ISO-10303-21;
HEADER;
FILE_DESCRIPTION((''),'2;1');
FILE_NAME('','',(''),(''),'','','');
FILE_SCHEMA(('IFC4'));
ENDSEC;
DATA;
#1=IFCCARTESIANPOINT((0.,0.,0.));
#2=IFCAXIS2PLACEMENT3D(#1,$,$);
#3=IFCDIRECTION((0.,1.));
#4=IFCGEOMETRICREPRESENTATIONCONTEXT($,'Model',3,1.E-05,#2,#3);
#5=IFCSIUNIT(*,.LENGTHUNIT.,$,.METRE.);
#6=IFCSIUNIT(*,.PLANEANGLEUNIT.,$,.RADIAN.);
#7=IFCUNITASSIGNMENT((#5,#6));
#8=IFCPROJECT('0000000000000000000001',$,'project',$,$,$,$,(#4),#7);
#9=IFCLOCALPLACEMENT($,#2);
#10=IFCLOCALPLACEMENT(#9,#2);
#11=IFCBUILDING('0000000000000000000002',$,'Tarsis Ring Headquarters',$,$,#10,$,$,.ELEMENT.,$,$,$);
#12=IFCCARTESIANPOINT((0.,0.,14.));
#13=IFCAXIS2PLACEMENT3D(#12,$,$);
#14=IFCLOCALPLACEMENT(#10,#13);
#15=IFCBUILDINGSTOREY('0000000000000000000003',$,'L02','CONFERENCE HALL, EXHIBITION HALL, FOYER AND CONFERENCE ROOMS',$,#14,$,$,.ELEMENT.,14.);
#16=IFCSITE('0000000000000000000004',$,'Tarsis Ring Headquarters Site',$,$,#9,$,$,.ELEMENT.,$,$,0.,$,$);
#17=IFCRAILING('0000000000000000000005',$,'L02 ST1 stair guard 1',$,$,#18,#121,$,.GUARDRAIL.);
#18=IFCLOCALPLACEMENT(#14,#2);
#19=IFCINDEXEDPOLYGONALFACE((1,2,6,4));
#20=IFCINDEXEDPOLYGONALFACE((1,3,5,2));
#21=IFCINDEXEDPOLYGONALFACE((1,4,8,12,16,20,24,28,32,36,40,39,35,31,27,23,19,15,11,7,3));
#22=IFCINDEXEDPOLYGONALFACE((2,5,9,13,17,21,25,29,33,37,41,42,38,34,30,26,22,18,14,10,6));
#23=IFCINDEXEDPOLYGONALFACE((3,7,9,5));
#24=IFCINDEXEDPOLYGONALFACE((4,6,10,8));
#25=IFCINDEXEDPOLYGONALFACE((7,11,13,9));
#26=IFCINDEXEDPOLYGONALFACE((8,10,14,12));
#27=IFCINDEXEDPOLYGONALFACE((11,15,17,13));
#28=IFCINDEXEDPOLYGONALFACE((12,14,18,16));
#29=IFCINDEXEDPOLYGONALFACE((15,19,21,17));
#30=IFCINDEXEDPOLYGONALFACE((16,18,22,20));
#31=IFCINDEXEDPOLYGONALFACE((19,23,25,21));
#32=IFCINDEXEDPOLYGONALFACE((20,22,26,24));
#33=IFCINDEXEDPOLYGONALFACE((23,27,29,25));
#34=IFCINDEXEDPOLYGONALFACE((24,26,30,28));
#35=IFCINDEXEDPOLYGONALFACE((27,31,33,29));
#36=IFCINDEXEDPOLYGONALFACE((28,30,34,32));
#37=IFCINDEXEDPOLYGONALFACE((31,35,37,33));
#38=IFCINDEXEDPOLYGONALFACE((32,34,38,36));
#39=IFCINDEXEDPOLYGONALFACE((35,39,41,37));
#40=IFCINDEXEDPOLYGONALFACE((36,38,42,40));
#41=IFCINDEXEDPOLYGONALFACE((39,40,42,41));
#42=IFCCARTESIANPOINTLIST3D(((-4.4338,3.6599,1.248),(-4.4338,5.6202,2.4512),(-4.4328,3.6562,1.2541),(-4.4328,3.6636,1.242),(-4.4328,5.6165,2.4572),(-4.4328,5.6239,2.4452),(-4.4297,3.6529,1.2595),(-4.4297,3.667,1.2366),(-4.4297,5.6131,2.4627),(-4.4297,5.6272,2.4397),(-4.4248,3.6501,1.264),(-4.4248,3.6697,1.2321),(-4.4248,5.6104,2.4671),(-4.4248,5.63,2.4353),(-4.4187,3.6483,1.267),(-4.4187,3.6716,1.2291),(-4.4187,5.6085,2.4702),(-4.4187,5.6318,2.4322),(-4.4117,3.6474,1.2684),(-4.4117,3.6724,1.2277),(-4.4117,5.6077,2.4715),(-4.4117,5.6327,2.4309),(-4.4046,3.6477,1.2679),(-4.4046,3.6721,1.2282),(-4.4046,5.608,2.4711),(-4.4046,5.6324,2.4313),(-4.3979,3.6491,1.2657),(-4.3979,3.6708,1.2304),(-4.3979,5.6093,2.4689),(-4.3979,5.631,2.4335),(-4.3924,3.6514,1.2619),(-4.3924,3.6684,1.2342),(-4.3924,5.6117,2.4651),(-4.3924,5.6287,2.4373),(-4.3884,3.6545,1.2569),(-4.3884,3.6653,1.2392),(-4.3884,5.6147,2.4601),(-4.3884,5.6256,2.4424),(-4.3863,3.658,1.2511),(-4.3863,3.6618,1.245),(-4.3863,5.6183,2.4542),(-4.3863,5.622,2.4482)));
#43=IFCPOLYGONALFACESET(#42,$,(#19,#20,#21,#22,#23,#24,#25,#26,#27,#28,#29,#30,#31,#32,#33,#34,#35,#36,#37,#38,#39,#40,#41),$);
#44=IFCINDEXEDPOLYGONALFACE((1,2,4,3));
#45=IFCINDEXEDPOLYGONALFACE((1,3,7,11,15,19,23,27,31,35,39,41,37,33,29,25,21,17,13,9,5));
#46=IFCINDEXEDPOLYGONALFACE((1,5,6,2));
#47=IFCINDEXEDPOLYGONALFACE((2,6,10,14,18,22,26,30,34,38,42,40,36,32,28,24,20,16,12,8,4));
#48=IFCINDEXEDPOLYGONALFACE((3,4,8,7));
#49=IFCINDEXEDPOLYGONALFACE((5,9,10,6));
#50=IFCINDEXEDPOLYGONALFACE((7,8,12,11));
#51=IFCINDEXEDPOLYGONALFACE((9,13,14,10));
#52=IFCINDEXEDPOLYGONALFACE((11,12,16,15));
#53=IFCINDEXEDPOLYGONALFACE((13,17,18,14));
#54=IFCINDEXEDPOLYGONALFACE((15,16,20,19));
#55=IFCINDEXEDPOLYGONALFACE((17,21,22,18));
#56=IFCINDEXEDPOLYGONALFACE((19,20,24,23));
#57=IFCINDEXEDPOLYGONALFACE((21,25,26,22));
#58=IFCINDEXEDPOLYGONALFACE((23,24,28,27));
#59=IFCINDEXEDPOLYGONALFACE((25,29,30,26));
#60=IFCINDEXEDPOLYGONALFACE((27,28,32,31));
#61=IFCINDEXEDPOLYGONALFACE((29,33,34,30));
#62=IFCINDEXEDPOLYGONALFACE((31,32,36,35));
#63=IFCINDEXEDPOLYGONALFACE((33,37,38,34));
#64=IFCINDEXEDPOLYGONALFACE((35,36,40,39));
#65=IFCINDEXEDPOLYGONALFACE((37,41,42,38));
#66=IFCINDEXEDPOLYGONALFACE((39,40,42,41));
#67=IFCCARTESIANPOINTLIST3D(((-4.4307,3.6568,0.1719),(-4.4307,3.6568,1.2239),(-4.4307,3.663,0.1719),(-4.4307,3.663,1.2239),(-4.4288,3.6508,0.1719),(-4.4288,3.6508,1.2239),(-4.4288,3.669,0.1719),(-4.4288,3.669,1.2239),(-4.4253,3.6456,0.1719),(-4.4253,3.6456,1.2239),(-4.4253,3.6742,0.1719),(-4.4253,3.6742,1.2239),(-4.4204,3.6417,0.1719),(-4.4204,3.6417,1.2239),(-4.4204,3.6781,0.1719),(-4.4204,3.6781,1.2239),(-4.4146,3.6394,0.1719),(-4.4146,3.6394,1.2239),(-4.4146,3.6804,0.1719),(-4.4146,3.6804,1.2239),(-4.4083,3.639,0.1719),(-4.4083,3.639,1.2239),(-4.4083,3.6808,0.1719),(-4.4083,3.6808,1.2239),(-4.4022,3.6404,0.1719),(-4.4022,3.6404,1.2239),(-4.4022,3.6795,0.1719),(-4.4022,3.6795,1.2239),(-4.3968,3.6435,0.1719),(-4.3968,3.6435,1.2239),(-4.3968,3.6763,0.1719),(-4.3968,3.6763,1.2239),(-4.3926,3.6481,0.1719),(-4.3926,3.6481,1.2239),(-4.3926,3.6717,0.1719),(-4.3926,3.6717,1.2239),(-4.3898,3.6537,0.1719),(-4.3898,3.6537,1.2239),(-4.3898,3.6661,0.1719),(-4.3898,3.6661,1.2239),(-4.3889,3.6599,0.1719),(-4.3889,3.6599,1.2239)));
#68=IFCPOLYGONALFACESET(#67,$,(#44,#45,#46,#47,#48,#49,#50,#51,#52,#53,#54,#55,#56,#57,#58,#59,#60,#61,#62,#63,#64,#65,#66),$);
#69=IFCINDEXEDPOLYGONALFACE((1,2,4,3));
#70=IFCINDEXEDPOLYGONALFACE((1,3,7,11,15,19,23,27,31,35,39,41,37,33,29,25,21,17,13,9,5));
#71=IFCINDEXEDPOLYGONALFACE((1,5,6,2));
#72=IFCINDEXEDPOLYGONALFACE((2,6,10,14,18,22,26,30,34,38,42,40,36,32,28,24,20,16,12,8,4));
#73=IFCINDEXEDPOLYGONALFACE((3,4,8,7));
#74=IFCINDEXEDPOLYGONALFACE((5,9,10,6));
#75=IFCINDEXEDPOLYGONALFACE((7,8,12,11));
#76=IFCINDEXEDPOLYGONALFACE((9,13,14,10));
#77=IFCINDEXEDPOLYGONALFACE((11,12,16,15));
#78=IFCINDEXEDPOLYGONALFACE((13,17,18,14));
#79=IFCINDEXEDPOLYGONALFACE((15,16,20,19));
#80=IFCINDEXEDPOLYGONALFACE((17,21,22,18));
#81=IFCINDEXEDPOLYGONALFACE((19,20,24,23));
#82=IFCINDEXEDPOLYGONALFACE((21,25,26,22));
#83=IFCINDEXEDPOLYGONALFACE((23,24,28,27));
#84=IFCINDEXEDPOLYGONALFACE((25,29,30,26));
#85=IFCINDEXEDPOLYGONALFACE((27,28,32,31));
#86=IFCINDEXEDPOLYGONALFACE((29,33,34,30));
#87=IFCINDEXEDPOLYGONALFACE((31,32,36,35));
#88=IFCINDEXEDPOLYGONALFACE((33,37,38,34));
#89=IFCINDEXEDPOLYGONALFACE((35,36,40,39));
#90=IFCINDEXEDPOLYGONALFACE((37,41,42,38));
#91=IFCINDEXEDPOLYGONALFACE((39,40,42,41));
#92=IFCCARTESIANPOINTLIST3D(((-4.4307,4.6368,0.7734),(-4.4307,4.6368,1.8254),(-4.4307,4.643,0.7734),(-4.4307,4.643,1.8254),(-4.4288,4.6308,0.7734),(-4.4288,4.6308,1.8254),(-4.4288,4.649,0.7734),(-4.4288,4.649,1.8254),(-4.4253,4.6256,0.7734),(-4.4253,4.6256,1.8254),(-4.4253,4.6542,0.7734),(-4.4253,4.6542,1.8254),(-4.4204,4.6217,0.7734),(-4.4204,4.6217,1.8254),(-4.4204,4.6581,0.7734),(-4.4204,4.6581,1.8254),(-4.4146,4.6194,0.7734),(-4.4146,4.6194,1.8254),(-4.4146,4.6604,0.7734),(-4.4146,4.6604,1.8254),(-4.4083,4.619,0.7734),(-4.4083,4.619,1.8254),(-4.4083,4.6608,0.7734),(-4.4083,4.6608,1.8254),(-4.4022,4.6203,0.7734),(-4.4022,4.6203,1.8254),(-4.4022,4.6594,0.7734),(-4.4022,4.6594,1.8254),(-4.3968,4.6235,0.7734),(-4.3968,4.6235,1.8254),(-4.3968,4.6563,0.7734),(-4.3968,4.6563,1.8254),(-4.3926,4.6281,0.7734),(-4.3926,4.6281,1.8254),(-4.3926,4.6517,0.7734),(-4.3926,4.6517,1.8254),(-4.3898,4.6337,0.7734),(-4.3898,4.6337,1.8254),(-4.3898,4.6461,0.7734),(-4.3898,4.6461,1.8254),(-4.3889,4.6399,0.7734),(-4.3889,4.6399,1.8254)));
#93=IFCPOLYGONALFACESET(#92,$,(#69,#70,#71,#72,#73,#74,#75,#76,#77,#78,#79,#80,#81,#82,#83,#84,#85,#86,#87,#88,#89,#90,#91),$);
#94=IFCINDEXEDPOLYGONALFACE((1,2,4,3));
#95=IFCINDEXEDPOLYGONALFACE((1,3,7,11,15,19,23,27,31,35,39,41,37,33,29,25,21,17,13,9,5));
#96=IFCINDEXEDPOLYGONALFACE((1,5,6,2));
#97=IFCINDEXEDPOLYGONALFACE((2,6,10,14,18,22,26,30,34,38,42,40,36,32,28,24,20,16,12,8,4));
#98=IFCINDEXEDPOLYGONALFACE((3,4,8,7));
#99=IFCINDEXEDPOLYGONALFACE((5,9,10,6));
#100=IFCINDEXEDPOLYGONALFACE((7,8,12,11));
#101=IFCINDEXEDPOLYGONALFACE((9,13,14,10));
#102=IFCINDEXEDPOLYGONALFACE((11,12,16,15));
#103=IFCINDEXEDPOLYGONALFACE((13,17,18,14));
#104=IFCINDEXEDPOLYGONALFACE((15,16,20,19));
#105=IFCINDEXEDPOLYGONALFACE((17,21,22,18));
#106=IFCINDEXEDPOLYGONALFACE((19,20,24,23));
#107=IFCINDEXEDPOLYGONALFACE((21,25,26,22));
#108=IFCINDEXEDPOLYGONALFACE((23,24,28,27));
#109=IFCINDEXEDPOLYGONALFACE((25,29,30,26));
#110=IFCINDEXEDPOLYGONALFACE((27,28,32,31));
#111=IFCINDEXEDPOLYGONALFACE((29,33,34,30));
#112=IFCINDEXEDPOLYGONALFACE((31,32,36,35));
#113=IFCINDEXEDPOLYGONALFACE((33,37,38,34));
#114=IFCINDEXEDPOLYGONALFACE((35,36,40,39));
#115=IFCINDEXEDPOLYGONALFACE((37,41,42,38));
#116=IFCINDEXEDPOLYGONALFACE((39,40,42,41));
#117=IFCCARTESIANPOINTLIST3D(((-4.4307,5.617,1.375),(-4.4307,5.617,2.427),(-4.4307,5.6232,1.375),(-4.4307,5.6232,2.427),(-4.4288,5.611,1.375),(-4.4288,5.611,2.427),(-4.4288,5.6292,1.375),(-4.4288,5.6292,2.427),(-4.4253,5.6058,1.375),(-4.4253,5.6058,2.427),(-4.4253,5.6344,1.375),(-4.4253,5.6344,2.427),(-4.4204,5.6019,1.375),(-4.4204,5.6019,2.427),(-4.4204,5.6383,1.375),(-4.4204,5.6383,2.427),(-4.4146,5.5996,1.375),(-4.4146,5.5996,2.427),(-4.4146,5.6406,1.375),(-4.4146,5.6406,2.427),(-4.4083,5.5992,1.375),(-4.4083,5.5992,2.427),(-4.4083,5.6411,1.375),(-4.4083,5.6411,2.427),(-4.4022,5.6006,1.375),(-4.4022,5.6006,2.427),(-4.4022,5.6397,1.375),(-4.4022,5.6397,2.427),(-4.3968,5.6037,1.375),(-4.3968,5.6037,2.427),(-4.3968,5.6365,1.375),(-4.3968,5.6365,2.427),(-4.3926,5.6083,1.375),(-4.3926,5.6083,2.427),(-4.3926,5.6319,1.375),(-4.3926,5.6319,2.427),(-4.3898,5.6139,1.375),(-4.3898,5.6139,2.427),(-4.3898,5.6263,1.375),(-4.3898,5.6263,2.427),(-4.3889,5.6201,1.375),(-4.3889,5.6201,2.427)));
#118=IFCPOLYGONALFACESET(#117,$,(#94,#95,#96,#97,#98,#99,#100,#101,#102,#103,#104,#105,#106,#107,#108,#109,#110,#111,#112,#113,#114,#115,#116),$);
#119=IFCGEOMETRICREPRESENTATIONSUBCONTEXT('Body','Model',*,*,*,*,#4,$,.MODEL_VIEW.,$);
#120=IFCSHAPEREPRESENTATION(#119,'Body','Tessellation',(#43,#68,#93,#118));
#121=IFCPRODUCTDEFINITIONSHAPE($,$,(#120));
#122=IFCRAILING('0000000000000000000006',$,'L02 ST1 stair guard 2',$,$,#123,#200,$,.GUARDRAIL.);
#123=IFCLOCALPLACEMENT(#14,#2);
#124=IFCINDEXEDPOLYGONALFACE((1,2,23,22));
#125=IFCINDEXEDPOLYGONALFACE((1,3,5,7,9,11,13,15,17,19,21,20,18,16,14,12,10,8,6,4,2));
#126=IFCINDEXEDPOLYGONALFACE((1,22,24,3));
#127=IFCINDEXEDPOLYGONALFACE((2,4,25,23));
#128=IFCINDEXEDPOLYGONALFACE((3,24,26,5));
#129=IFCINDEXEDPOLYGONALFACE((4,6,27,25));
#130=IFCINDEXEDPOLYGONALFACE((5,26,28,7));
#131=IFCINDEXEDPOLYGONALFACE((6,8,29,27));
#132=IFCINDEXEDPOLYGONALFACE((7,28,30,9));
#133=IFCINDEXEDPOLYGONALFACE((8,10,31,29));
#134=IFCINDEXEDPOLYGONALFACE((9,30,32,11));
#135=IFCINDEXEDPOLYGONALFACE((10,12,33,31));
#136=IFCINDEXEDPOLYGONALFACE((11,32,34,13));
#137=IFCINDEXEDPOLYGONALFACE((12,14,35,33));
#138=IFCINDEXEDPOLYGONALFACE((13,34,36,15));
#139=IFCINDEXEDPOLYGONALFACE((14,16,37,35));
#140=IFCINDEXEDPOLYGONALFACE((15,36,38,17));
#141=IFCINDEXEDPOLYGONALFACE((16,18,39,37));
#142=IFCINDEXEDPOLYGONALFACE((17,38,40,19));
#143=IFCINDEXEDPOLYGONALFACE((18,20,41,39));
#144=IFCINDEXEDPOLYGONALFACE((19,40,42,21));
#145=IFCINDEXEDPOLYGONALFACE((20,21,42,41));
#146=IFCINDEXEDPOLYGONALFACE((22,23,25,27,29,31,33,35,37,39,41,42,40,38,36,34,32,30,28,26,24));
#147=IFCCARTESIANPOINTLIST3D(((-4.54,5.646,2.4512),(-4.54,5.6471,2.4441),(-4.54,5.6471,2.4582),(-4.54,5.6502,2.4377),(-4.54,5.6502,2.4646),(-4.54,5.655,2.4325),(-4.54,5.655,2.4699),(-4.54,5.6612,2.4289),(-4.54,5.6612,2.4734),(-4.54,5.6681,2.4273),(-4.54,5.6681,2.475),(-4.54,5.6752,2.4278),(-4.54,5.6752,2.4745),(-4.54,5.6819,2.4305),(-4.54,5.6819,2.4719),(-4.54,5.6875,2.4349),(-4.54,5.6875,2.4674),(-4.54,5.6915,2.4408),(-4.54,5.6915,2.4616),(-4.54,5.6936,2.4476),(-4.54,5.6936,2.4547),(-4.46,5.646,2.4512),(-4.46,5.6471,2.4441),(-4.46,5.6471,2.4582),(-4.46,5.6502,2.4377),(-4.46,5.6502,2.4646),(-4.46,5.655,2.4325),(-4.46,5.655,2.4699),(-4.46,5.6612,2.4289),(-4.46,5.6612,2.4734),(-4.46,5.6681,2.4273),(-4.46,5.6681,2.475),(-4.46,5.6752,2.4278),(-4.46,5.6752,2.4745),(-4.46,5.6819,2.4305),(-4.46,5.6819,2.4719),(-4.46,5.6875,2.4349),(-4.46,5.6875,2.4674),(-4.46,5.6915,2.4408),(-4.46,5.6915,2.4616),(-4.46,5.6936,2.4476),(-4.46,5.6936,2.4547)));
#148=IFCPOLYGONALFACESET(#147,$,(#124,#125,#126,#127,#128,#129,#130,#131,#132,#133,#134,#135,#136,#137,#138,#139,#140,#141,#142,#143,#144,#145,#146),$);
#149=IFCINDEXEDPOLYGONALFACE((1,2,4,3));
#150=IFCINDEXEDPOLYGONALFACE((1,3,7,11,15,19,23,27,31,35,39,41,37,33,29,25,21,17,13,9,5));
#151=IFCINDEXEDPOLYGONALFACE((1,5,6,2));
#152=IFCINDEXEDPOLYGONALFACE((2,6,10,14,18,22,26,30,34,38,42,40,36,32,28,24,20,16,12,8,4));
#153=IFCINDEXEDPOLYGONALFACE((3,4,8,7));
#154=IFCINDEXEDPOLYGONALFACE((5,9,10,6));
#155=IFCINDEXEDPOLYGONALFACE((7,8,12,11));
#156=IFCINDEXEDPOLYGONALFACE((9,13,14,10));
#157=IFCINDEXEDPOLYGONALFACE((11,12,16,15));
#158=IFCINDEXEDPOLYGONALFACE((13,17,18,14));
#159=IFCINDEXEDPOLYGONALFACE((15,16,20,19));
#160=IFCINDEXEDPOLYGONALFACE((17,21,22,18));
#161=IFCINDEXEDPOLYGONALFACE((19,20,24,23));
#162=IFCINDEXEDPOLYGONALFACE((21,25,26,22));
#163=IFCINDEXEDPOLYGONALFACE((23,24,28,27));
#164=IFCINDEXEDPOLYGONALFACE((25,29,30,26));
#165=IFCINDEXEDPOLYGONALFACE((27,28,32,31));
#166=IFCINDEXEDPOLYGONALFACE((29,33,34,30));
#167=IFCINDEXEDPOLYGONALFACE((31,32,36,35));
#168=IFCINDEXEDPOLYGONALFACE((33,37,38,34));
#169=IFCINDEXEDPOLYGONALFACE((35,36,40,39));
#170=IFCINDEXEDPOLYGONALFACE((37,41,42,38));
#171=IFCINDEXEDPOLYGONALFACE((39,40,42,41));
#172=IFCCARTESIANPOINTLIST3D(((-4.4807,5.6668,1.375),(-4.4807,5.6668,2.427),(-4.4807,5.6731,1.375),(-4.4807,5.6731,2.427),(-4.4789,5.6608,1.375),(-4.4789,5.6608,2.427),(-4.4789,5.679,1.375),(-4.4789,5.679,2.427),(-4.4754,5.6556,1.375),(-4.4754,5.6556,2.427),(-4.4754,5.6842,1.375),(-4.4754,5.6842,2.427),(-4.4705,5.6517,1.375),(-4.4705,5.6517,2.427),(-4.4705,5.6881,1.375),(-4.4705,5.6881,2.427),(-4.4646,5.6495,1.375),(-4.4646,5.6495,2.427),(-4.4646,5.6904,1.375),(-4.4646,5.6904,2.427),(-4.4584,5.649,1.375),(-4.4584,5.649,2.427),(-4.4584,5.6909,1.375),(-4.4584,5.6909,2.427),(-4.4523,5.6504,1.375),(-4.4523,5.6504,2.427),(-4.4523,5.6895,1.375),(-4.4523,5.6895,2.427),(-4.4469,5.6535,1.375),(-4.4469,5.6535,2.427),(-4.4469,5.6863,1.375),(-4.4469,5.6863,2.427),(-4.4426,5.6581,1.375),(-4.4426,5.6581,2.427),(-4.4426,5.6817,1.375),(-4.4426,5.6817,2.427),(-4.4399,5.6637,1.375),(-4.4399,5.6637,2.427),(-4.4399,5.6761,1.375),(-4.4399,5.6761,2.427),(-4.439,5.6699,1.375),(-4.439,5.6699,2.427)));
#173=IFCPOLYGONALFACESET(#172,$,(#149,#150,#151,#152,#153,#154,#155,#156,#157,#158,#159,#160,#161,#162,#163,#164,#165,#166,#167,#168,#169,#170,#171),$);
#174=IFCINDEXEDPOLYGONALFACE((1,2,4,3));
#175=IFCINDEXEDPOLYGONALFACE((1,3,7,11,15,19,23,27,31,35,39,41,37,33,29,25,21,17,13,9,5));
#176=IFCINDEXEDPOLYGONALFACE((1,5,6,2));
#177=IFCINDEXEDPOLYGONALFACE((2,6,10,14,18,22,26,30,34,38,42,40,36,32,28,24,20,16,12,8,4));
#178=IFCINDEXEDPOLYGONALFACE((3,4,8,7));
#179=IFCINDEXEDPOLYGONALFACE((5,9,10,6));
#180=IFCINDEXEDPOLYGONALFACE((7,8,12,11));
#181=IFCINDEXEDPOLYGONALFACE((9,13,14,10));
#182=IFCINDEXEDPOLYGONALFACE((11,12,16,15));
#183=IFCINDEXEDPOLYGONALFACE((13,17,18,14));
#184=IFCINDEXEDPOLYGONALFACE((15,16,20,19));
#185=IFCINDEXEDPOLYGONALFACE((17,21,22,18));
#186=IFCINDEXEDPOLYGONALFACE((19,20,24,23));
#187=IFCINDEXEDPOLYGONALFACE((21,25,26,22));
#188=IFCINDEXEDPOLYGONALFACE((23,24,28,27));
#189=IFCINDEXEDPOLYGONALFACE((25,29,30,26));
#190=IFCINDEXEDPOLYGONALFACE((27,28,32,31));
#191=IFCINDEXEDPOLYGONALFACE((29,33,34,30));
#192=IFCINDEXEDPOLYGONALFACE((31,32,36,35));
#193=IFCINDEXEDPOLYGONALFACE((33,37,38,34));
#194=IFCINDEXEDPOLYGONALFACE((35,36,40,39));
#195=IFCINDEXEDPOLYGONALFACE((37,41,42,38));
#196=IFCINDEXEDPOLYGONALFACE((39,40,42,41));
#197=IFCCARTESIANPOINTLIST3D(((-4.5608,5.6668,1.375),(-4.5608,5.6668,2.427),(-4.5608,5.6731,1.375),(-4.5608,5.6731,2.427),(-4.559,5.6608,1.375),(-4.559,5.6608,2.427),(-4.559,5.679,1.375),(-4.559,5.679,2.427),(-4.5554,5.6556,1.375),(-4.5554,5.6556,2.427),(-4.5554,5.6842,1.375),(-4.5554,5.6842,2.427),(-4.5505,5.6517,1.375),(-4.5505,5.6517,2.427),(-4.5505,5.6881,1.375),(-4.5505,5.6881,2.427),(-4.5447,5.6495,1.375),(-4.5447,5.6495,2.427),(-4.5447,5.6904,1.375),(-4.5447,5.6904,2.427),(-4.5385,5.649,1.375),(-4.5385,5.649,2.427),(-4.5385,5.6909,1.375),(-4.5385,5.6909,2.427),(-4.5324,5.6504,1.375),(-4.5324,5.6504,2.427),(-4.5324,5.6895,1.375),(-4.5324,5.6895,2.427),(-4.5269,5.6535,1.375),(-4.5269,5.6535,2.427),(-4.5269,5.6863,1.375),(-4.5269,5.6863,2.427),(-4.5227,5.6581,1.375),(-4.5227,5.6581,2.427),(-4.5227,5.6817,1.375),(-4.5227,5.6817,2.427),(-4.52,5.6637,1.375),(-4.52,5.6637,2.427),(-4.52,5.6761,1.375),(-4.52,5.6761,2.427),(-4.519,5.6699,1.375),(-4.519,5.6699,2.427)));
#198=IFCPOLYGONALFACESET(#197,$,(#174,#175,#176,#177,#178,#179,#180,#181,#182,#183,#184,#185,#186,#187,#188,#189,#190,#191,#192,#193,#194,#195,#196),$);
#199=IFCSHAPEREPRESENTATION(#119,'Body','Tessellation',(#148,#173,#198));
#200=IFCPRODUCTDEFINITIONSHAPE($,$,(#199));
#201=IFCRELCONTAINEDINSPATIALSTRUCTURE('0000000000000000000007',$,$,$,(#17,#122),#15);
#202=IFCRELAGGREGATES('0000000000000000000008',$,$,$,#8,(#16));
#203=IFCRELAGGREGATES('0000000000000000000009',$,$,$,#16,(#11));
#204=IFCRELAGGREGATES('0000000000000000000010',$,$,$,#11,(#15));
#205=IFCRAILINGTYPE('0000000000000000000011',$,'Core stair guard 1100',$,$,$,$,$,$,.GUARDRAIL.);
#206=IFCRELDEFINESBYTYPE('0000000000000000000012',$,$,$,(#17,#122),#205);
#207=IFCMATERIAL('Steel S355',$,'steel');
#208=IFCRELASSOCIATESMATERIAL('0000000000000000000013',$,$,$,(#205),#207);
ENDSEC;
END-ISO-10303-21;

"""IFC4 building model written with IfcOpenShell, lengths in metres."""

from ifc_helpers import new_model, si_unit, direction, frame, origin, origin_2d, place, context, subcontext, project, spatial, circle, extrude, material, type_object, element, save


model = new_model("IFC4")

# Units and contexts
model_context = context("Model", 3, precision=1e-05, world=origin(), true_north=direction((0.0, 1.0)))
body_context = subcontext(model_context, "Body", "Model", "MODEL_VIEW")
ifc_project = project(units=[si_unit("LENGTHUNIT", "METRE"), si_unit("PLANEANGLEUNIT", "RADIAN")], contexts=[model_context])

# Site, building, storey
site_placement = place(None, origin())
site = spatial("IfcSite", under=ifc_project, at=site_placement, Name="Tarsis Ring Headquarters Site", CompositionType="ELEMENT", RefElevation=0.0)
building_placement = place(site_placement, origin())
building = spatial("IfcBuilding", under=site, at=building_placement, Name="Tarsis Ring Headquarters", CompositionType="ELEMENT")
storey_placement = place(building_placement, frame((0.0, 0.0, 14.0)))
storey = spatial("IfcBuildingStorey", under=building, at=storey_placement, Name="L02", Description="CONFERENCE HALL, EXHIBITION HALL, FOYER AND CONFERENCE ROOMS", CompositionType="ELEMENT", Elevation=14.0)

# Shared definitions
ifc_material_1 = material(Name="Steel S355", Category="steel")

# Railings
railing_type_1 = type_object("IfcRailingType", Name="Core stair guard 1100", PredefinedType="GUARDRAIL", material=ifc_material_1)
railing_1_placement = place(storey_placement, frame((-4.4099, 3.6599, 0.1719)))
element("IfcRailing", 1, at=railing_1_placement, inside=storey, type_object=railing_type_1, Name="L02 ST1 stair guard 1", PredefinedType="GUARDRAIL", context=body_context, shape_type="SweptSolid", body=[
    extrude(circle(Radius=0.0239, at=origin_2d()), frame((0.0, 0.0, 1.0762), z_axis=(0.0, 0.85227, 0.523102), x_axis=(-1.0, 0.0, 0.0)), (0.0, 0.0, 1.0), 2.3),
    extrude(circle(Radius=0.021, at=origin_2d()), origin(), (0.0, 0.0, 1.0), 1.052),
    extrude(circle(Radius=0.021, at=origin_2d()), frame((0.0, 0.98, 0.6016)), (0.0, 0.0, 1.0), 1.052),
    extrude(circle(Radius=0.021, at=origin_2d()), frame((0.0, 1.9602, 1.2031)), (0.0, 0.0, 1.0), 1.052),
])
railing_2_placement = place(storey_placement, frame((-4.46, 5.6699, 1.375)))
element("IfcRailing", 2, at=railing_2_placement, inside=storey, type_object=railing_type_1, Name="L02 ST1 stair guard 2", PredefinedType="GUARDRAIL", context=body_context, shape_type="SweptSolid", body=[
    extrude(circle(Radius=0.0239, at=origin_2d()), frame((0.0, 0.0, 1.0762), z_axis=(-1.0, 0.0, 0.0), x_axis=(0.0, -1.0, 0.0)), (0.0, 0.0, 1.0), 0.0801),
    extrude(circle(Radius=0.021, at=origin_2d()), origin(), (0.0, 0.0, 1.0), 1.052),
    extrude(circle(Radius=0.021, at=origin_2d()), frame((-0.0801, 0.0, 0.0)), (0.0, 0.0, 1.0), 1.052),
])

save(model, "model.ifc")
